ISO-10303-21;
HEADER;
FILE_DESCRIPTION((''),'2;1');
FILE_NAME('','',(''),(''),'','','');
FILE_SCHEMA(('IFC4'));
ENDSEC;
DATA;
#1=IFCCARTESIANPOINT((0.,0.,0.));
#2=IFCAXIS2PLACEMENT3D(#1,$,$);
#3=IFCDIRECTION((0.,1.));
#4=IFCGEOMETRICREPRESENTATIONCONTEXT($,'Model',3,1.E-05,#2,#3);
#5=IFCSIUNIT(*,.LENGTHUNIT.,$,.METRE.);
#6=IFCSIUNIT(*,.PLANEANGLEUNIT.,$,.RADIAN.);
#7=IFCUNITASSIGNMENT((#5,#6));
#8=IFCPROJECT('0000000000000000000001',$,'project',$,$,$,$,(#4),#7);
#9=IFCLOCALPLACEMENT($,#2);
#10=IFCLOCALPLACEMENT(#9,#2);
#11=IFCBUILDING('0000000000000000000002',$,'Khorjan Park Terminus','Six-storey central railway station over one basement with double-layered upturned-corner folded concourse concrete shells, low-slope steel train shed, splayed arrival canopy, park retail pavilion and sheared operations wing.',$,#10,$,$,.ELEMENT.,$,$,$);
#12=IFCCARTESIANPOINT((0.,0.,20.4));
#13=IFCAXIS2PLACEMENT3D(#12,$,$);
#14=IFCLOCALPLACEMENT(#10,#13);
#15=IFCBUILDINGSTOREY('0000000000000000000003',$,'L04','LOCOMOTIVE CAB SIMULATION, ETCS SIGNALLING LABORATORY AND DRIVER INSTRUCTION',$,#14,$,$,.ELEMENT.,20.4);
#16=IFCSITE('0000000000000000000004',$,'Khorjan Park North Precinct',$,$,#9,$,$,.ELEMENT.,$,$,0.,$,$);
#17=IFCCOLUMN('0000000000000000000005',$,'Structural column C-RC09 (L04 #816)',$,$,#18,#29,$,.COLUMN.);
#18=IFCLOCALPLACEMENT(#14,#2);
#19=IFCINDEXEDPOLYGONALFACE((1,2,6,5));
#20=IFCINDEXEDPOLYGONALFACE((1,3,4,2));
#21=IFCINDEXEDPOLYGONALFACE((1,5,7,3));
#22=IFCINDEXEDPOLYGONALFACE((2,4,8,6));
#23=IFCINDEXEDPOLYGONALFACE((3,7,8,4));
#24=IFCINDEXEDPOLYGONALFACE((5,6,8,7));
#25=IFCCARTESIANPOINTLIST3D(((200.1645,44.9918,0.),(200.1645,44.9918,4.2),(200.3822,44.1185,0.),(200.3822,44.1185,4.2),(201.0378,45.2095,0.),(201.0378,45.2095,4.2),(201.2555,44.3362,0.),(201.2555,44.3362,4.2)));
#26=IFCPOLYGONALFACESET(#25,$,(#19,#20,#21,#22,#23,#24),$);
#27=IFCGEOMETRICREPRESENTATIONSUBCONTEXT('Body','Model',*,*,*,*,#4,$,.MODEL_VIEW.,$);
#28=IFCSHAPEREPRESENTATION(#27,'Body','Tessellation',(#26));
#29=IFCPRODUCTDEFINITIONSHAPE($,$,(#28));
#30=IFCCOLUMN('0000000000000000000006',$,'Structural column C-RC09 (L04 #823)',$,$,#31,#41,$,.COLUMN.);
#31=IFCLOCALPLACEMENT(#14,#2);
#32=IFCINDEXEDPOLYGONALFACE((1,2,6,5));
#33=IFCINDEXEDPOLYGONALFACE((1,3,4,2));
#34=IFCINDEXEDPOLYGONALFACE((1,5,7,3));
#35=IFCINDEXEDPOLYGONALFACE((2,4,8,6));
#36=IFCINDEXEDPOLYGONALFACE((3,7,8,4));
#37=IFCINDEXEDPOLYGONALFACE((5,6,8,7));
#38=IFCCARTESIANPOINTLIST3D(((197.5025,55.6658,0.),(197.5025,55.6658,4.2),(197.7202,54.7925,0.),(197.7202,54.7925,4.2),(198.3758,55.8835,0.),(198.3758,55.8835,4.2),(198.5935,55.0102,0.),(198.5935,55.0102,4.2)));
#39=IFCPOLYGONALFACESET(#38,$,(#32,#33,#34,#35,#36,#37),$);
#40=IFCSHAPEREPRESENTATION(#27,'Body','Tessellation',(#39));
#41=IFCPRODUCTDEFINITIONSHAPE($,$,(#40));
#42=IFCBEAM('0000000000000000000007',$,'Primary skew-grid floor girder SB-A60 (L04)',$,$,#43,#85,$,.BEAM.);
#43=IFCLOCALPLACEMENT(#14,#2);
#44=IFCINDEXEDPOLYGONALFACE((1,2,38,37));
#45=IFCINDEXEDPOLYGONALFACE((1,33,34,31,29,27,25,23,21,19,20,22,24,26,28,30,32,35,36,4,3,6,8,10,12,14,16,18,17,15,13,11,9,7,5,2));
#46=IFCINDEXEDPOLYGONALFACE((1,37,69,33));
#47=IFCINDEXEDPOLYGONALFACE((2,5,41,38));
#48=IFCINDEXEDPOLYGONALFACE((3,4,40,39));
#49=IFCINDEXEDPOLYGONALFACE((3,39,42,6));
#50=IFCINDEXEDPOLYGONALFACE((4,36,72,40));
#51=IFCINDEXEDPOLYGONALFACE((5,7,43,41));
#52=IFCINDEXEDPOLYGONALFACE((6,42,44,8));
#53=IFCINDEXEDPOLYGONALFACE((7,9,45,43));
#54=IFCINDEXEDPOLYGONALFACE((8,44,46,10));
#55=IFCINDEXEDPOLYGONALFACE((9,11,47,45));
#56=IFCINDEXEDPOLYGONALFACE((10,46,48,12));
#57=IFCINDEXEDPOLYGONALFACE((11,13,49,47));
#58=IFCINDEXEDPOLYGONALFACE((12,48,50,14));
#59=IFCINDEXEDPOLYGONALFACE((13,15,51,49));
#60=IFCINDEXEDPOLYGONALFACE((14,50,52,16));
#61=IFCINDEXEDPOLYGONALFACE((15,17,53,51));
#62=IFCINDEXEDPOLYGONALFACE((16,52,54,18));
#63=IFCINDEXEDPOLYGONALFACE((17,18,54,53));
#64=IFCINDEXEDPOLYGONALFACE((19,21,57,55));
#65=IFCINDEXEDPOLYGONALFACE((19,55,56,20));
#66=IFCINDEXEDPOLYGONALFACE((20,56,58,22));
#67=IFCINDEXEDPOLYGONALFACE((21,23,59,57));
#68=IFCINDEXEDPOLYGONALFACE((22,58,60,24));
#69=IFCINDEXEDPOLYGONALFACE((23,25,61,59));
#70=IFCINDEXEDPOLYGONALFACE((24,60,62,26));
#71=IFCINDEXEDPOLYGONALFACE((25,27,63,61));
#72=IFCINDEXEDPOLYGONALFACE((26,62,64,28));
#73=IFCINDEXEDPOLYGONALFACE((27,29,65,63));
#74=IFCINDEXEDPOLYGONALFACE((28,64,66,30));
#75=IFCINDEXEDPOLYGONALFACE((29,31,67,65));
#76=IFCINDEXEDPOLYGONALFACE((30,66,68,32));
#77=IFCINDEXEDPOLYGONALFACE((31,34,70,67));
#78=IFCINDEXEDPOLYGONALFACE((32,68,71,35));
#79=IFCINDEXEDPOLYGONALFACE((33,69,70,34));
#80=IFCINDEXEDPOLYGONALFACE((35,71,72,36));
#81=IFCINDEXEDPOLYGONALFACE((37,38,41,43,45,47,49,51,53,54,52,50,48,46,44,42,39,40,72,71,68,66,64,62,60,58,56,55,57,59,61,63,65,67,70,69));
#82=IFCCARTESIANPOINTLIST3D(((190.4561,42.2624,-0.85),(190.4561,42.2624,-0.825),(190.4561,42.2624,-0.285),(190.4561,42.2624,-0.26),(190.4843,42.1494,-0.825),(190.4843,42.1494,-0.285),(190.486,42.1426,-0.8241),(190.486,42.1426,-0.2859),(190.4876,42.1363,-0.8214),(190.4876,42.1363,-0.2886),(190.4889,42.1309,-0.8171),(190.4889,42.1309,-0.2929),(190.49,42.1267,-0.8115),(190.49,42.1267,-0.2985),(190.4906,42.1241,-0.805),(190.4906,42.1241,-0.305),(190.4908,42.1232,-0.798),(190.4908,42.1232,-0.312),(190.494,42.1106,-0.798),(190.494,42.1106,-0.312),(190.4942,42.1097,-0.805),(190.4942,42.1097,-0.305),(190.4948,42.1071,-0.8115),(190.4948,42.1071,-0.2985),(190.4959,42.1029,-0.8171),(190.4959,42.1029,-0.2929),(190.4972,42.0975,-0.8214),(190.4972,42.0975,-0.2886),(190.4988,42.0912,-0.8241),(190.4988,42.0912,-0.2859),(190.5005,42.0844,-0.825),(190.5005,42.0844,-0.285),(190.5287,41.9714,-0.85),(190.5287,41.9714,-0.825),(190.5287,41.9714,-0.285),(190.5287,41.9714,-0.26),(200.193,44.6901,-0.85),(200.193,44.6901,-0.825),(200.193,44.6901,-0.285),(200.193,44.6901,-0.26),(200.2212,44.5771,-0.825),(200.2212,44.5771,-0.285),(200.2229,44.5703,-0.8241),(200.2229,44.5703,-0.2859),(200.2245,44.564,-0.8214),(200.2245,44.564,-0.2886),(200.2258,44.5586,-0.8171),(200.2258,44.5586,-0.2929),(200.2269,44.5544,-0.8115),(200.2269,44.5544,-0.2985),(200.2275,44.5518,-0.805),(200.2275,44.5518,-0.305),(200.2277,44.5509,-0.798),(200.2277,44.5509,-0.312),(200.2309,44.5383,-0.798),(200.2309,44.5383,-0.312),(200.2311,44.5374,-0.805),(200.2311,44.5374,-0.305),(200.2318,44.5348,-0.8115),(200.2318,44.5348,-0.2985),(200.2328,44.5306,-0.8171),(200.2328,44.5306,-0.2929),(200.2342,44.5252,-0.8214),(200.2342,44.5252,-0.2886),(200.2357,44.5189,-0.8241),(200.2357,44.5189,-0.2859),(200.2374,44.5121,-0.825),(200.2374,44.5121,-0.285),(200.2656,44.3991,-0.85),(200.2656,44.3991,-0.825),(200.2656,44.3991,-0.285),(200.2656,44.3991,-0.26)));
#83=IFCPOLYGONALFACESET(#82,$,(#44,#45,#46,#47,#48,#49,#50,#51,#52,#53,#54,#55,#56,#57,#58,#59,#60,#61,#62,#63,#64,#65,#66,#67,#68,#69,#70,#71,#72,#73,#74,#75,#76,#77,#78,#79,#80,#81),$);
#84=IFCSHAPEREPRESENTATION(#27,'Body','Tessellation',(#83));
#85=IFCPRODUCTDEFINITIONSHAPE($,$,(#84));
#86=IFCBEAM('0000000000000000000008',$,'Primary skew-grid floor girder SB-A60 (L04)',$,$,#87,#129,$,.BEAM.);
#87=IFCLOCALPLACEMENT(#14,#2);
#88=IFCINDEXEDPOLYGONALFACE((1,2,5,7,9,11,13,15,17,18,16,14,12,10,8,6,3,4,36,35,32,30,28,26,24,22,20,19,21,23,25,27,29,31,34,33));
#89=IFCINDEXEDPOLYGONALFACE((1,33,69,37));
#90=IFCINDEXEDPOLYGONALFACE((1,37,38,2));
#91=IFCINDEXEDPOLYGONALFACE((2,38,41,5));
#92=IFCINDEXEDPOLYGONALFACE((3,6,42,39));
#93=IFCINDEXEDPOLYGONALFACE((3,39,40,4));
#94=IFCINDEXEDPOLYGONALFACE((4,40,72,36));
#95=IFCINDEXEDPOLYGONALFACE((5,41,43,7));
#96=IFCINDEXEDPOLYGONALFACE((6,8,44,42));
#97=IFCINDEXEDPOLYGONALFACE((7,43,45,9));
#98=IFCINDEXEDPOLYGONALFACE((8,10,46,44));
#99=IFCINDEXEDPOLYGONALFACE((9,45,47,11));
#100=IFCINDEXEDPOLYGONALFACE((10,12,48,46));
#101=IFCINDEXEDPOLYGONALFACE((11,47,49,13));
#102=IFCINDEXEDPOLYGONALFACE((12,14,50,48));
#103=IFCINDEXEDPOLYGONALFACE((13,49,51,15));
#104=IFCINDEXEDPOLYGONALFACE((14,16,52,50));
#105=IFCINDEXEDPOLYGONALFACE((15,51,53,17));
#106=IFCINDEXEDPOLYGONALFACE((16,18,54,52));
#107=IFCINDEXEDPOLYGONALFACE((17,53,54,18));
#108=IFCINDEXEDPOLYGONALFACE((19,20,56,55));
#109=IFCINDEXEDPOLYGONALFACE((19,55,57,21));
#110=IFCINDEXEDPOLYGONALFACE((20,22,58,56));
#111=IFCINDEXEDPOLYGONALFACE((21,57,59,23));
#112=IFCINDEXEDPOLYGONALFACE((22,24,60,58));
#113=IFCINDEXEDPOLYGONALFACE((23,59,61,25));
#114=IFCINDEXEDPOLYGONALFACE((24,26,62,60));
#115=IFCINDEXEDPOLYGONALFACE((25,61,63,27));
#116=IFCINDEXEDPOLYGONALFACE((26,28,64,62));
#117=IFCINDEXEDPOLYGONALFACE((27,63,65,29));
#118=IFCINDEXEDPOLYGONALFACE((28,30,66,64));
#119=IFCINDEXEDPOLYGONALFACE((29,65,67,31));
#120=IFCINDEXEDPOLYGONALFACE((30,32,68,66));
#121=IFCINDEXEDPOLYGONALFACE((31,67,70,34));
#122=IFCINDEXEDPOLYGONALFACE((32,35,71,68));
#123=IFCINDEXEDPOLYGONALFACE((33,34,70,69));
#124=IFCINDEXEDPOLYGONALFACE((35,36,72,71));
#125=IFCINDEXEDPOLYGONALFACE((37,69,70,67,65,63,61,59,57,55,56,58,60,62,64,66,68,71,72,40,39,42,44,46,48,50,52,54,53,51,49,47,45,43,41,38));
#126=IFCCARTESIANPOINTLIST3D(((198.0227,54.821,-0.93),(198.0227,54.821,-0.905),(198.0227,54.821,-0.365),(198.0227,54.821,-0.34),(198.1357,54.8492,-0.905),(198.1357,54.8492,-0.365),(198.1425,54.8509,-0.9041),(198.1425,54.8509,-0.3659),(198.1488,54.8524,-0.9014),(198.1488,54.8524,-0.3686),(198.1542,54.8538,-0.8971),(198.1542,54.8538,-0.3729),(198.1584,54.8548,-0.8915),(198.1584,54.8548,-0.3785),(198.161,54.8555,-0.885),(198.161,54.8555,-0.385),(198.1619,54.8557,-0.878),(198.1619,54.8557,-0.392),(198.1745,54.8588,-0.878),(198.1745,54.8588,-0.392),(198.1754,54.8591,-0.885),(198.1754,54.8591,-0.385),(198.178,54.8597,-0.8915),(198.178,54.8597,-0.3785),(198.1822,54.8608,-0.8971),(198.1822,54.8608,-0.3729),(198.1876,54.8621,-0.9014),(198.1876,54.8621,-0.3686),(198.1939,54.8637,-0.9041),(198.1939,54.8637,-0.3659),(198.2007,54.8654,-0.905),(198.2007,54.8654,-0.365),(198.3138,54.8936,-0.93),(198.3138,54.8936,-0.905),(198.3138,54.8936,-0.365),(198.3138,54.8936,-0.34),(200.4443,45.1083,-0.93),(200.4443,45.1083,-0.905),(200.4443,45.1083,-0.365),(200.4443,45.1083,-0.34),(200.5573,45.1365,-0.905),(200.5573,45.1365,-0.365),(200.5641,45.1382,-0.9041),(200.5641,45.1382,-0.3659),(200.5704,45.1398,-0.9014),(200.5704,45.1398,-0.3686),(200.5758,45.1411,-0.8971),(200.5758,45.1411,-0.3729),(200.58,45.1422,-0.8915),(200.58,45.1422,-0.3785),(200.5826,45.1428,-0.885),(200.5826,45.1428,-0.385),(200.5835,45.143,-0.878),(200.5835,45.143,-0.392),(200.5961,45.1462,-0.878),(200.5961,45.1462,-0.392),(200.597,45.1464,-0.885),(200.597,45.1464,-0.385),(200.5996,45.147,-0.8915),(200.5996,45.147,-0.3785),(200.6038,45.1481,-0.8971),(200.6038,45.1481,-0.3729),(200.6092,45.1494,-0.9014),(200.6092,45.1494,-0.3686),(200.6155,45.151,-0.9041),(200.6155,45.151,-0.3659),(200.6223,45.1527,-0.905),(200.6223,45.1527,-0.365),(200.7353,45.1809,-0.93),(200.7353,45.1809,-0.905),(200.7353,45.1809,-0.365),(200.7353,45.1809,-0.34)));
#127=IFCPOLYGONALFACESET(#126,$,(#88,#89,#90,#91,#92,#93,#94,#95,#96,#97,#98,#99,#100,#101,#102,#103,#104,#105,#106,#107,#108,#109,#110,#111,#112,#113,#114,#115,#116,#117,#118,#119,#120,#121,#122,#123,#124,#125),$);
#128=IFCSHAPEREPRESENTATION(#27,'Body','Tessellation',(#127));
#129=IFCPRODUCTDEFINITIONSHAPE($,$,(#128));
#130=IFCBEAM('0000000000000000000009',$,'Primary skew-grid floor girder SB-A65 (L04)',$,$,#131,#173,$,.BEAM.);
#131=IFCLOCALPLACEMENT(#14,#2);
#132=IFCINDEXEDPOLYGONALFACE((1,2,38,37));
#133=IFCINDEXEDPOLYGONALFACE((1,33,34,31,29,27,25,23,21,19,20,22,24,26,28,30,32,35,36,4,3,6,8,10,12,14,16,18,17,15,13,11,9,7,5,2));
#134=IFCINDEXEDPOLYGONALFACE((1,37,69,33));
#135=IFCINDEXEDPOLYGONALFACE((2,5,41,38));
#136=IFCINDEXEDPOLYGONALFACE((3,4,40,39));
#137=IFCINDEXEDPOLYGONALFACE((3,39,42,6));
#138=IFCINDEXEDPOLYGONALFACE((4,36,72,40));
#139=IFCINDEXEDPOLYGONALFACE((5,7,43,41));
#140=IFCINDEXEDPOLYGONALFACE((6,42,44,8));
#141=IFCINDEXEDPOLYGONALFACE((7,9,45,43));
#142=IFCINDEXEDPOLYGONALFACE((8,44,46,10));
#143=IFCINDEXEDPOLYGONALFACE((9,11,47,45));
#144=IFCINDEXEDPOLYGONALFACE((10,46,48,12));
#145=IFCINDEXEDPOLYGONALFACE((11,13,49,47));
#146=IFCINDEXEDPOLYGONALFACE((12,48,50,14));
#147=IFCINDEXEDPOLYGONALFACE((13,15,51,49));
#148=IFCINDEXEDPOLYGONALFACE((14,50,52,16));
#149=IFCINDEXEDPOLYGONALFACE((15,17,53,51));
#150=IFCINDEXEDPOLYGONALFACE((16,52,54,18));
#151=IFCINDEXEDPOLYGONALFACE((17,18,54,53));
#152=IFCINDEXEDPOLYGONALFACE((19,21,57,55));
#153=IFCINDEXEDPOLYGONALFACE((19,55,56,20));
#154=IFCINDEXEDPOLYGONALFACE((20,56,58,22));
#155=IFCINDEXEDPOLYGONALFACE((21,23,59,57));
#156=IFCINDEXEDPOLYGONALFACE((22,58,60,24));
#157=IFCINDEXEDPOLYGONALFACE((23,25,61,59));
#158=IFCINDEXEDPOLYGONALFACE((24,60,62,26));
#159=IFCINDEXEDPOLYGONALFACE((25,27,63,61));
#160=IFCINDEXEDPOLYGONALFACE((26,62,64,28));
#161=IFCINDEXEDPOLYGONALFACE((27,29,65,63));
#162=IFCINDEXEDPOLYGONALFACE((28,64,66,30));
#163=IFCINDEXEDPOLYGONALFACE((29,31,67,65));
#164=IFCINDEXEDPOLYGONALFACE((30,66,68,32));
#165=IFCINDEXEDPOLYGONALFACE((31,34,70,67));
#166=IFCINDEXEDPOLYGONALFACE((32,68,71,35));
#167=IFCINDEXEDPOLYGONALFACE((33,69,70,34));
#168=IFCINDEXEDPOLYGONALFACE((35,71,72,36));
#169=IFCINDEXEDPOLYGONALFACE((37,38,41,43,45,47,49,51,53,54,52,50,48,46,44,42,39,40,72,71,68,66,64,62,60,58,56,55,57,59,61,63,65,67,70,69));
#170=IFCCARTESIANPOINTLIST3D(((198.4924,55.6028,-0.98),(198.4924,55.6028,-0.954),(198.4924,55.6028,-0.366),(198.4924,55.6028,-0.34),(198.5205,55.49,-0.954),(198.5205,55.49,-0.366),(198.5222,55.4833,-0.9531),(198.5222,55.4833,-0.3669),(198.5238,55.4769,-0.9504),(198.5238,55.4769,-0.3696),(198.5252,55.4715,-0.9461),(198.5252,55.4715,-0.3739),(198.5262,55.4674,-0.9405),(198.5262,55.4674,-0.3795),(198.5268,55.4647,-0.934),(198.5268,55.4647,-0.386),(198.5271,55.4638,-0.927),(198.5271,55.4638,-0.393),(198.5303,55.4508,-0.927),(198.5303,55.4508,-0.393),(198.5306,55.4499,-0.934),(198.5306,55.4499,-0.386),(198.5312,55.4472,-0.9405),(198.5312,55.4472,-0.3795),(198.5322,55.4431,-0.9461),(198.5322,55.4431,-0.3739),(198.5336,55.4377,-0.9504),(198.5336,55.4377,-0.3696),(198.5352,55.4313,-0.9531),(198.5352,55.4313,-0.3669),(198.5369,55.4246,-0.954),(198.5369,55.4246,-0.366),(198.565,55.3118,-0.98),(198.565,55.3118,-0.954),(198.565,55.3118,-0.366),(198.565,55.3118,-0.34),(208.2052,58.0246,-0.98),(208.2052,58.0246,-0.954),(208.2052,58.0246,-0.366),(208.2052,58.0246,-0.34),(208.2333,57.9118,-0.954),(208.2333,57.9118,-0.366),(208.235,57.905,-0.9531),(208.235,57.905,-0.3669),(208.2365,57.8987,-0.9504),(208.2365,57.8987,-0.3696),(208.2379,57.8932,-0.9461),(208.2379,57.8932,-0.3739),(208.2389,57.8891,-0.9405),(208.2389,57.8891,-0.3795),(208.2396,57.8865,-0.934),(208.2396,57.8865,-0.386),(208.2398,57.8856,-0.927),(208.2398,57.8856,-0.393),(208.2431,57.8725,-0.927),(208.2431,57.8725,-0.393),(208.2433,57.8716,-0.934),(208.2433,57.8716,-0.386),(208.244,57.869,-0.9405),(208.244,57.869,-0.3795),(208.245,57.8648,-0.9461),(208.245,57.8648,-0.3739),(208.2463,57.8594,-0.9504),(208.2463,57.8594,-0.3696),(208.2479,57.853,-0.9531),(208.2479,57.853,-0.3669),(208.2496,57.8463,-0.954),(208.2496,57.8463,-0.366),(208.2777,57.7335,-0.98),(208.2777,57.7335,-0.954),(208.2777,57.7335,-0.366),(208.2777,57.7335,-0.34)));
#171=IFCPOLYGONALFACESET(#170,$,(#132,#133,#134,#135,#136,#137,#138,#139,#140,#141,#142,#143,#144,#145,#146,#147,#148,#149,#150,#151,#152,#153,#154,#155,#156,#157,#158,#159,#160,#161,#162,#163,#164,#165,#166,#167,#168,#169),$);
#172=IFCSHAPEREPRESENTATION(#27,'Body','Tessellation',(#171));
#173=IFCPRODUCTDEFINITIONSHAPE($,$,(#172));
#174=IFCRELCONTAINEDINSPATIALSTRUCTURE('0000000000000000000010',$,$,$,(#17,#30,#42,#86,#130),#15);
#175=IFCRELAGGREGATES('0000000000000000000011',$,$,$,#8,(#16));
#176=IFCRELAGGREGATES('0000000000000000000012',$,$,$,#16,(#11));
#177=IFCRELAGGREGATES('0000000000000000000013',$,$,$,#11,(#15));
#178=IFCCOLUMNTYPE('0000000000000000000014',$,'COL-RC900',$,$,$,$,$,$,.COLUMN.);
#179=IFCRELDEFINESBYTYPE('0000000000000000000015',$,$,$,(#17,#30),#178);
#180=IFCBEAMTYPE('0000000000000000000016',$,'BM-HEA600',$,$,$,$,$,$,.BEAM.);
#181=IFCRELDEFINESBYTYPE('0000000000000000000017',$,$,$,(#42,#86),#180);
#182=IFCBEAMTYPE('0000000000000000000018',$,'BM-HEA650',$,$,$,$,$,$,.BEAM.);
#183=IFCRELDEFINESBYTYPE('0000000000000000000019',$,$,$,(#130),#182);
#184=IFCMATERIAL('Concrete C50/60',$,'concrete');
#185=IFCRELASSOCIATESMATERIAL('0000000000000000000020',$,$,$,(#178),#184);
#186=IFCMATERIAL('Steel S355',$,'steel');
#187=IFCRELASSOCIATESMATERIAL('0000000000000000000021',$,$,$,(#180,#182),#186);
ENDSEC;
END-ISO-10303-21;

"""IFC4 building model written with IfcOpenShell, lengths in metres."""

from ifc_helpers import new_model, si_unit, direction, frame, origin, origin_2d, place, context, subcontext, project, spatial, rectangle, i_section, extrude, material, material_profile, profile_set, type_object, element, save


model = new_model("IFC4")

# Units and contexts
model_context = context("Model", 3, precision=1e-05, world=origin(), true_north=direction((0.0, 1.0)))
body_context = subcontext(model_context, "Body", "Model", "MODEL_VIEW")
ifc_project = project(units=[si_unit("LENGTHUNIT", "METRE"), si_unit("PLANEANGLEUNIT", "RADIAN")], contexts=[model_context])

# Site, building, storey
site_placement = place(None, origin())
site = spatial("IfcSite", under=ifc_project, at=site_placement, Name="Khorjan Park North Precinct", CompositionType="ELEMENT", RefElevation=0.0)
building_placement = place(site_placement, origin())
building = spatial("IfcBuilding", under=site, at=building_placement, Name="Khorjan Park Terminus", Description="Six-storey central railway station over one basement with double-layered upturned-corner folded concourse concrete shells, low-slope steel train shed, splayed arrival canopy, park retail pavilion and sheared operations wing.", CompositionType="ELEMENT")
storey_placement = place(building_placement, frame((0.0, 0.0, 20.4)))
storey = spatial("IfcBuildingStorey", under=building, at=storey_placement, Name="L04", Description="LOCOMOTIVE CAB SIMULATION, ETCS SIGNALLING LABORATORY AND DRIVER INSTRUCTION", CompositionType="ELEMENT", Elevation=20.4)

# Columns
ifc_material_1 = material(Name="Concrete C50/60", Category="concrete")
ifc_material_profile_1 = material_profile(ifc_material_1, rectangle(XDim=0.9, YDim=0.9, at=origin_2d()), Name="RC 900x900")
ifc_profile_set_1 = profile_set([ifc_material_profile_1], Name="Concrete C50/60")
column_type = type_object("IfcColumnType", Name="COL-RC900", PredefinedType="COLUMN", material=ifc_profile_set_1)
for number, where, z_axis, x_axis, name in (
    (1, (200.71, 44.664, 0.0), (0.0, 0.0, 1.0), (0.970296, 0.241922, 0.0), "Structural column C-RC09 (L04 #816)"),
    (2, (198.048, 55.338, 0.0), (0.0, 0.0, 1.0), (0.970296, 0.241922, 0.0), "Structural column C-RC09 (L04 #823)"),
):
    element("IfcColumn", number, at=place(storey_placement, frame(where, z_axis=z_axis, x_axis=x_axis)), inside=storey, type_object=column_type, Name=name, PredefinedType="COLUMN", context=body_context, shape_type="SweptSolid", body=[
        extrude(rectangle(XDim=0.9, YDim=0.9, at=origin_2d()), origin(), (0.0, 0.0, 1.0), 4.2),
    ])

# Beams
ifc_material_2 = material(Name="Steel S355", Category="steel")
ifc_material_profile_2 = material_profile(ifc_material_2, i_section(OverallWidth=0.3, OverallDepth=0.59, WebThickness=0.013, FlangeThickness=0.025, FilletRadius=0.027, at=origin_2d()), Name="HEA 600")
ifc_profile_set_2 = profile_set([ifc_material_profile_2], Name="Steel S355")
beam_type_1 = type_object("IfcBeamType", Name="BM-HEA600", PredefinedType="BEAM", material=ifc_profile_set_2)
beam_1_placement = place(storey_placement, frame((190.4924, 42.1169, -0.555), z_axis=(0.970295, 0.241924, 0.0), x_axis=(-0.241924, 0.970295, 0.0)))
element("IfcBeam", 3, at=beam_1_placement, inside=storey, type_object=beam_type_1, Name="Primary skew-grid floor girder SB-A60 (L04)", PredefinedType="BEAM", context=body_context, shape_type="SweptSolid", body=[
    extrude(i_section(OverallWidth=0.3, OverallDepth=0.59, WebThickness=0.013, FlangeThickness=0.025, FilletRadius=0.027, at=origin_2d()), origin(), (0.0, 0.0, 1.0), 10.035),
])
beam_2_placement = place(storey_placement, frame((200.5898, 45.1446, -0.635), z_axis=(-0.241917, 0.970297, 0.0), x_axis=(-0.970297, -0.241917, 0.0)))
element("IfcBeam", 4, at=beam_2_placement, inside=storey, type_object=beam_type_1, Name="Primary skew-grid floor girder SB-A60 (L04)", PredefinedType="BEAM", context=body_context, shape_type="SweptSolid", body=[
    extrude(i_section(OverallWidth=0.3, OverallDepth=0.59, WebThickness=0.013, FlangeThickness=0.025, FilletRadius=0.027, at=origin_2d()), origin(), (0.0, 0.0, 1.0), 10.01),
])
ifc_material_profile_3 = material_profile(ifc_material_2, i_section(OverallWidth=0.3, OverallDepth=0.64, WebThickness=0.0135, FlangeThickness=0.026, FilletRadius=0.027, at=origin_2d()), Name="HEA 650")
ifc_profile_set_3 = profile_set([ifc_material_profile_3], Name="Steel S355")
beam_type_2 = type_object("IfcBeamType", Name="BM-HEA650", PredefinedType="BEAM", material=ifc_profile_set_3)
beam_3_placement = place(storey_placement, frame((198.5287, 55.4573, -0.66), z_axis=(0.970295, 0.241927, 0.0), x_axis=(-0.241927, 0.970295, 0.0)))
element("IfcBeam", 5, at=beam_3_placement, inside=storey, type_object=beam_type_2, Name="Primary skew-grid floor girder SB-A65 (L04)", PredefinedType="BEAM", context=body_context, shape_type="SweptSolid", body=[
    extrude(i_section(OverallWidth=0.3, OverallDepth=0.64, WebThickness=0.0135, FlangeThickness=0.026, FilletRadius=0.027, at=origin_2d()), origin(), (0.0, 0.0, 1.0), 10.0101),
])

save(model, "model.ifc")
